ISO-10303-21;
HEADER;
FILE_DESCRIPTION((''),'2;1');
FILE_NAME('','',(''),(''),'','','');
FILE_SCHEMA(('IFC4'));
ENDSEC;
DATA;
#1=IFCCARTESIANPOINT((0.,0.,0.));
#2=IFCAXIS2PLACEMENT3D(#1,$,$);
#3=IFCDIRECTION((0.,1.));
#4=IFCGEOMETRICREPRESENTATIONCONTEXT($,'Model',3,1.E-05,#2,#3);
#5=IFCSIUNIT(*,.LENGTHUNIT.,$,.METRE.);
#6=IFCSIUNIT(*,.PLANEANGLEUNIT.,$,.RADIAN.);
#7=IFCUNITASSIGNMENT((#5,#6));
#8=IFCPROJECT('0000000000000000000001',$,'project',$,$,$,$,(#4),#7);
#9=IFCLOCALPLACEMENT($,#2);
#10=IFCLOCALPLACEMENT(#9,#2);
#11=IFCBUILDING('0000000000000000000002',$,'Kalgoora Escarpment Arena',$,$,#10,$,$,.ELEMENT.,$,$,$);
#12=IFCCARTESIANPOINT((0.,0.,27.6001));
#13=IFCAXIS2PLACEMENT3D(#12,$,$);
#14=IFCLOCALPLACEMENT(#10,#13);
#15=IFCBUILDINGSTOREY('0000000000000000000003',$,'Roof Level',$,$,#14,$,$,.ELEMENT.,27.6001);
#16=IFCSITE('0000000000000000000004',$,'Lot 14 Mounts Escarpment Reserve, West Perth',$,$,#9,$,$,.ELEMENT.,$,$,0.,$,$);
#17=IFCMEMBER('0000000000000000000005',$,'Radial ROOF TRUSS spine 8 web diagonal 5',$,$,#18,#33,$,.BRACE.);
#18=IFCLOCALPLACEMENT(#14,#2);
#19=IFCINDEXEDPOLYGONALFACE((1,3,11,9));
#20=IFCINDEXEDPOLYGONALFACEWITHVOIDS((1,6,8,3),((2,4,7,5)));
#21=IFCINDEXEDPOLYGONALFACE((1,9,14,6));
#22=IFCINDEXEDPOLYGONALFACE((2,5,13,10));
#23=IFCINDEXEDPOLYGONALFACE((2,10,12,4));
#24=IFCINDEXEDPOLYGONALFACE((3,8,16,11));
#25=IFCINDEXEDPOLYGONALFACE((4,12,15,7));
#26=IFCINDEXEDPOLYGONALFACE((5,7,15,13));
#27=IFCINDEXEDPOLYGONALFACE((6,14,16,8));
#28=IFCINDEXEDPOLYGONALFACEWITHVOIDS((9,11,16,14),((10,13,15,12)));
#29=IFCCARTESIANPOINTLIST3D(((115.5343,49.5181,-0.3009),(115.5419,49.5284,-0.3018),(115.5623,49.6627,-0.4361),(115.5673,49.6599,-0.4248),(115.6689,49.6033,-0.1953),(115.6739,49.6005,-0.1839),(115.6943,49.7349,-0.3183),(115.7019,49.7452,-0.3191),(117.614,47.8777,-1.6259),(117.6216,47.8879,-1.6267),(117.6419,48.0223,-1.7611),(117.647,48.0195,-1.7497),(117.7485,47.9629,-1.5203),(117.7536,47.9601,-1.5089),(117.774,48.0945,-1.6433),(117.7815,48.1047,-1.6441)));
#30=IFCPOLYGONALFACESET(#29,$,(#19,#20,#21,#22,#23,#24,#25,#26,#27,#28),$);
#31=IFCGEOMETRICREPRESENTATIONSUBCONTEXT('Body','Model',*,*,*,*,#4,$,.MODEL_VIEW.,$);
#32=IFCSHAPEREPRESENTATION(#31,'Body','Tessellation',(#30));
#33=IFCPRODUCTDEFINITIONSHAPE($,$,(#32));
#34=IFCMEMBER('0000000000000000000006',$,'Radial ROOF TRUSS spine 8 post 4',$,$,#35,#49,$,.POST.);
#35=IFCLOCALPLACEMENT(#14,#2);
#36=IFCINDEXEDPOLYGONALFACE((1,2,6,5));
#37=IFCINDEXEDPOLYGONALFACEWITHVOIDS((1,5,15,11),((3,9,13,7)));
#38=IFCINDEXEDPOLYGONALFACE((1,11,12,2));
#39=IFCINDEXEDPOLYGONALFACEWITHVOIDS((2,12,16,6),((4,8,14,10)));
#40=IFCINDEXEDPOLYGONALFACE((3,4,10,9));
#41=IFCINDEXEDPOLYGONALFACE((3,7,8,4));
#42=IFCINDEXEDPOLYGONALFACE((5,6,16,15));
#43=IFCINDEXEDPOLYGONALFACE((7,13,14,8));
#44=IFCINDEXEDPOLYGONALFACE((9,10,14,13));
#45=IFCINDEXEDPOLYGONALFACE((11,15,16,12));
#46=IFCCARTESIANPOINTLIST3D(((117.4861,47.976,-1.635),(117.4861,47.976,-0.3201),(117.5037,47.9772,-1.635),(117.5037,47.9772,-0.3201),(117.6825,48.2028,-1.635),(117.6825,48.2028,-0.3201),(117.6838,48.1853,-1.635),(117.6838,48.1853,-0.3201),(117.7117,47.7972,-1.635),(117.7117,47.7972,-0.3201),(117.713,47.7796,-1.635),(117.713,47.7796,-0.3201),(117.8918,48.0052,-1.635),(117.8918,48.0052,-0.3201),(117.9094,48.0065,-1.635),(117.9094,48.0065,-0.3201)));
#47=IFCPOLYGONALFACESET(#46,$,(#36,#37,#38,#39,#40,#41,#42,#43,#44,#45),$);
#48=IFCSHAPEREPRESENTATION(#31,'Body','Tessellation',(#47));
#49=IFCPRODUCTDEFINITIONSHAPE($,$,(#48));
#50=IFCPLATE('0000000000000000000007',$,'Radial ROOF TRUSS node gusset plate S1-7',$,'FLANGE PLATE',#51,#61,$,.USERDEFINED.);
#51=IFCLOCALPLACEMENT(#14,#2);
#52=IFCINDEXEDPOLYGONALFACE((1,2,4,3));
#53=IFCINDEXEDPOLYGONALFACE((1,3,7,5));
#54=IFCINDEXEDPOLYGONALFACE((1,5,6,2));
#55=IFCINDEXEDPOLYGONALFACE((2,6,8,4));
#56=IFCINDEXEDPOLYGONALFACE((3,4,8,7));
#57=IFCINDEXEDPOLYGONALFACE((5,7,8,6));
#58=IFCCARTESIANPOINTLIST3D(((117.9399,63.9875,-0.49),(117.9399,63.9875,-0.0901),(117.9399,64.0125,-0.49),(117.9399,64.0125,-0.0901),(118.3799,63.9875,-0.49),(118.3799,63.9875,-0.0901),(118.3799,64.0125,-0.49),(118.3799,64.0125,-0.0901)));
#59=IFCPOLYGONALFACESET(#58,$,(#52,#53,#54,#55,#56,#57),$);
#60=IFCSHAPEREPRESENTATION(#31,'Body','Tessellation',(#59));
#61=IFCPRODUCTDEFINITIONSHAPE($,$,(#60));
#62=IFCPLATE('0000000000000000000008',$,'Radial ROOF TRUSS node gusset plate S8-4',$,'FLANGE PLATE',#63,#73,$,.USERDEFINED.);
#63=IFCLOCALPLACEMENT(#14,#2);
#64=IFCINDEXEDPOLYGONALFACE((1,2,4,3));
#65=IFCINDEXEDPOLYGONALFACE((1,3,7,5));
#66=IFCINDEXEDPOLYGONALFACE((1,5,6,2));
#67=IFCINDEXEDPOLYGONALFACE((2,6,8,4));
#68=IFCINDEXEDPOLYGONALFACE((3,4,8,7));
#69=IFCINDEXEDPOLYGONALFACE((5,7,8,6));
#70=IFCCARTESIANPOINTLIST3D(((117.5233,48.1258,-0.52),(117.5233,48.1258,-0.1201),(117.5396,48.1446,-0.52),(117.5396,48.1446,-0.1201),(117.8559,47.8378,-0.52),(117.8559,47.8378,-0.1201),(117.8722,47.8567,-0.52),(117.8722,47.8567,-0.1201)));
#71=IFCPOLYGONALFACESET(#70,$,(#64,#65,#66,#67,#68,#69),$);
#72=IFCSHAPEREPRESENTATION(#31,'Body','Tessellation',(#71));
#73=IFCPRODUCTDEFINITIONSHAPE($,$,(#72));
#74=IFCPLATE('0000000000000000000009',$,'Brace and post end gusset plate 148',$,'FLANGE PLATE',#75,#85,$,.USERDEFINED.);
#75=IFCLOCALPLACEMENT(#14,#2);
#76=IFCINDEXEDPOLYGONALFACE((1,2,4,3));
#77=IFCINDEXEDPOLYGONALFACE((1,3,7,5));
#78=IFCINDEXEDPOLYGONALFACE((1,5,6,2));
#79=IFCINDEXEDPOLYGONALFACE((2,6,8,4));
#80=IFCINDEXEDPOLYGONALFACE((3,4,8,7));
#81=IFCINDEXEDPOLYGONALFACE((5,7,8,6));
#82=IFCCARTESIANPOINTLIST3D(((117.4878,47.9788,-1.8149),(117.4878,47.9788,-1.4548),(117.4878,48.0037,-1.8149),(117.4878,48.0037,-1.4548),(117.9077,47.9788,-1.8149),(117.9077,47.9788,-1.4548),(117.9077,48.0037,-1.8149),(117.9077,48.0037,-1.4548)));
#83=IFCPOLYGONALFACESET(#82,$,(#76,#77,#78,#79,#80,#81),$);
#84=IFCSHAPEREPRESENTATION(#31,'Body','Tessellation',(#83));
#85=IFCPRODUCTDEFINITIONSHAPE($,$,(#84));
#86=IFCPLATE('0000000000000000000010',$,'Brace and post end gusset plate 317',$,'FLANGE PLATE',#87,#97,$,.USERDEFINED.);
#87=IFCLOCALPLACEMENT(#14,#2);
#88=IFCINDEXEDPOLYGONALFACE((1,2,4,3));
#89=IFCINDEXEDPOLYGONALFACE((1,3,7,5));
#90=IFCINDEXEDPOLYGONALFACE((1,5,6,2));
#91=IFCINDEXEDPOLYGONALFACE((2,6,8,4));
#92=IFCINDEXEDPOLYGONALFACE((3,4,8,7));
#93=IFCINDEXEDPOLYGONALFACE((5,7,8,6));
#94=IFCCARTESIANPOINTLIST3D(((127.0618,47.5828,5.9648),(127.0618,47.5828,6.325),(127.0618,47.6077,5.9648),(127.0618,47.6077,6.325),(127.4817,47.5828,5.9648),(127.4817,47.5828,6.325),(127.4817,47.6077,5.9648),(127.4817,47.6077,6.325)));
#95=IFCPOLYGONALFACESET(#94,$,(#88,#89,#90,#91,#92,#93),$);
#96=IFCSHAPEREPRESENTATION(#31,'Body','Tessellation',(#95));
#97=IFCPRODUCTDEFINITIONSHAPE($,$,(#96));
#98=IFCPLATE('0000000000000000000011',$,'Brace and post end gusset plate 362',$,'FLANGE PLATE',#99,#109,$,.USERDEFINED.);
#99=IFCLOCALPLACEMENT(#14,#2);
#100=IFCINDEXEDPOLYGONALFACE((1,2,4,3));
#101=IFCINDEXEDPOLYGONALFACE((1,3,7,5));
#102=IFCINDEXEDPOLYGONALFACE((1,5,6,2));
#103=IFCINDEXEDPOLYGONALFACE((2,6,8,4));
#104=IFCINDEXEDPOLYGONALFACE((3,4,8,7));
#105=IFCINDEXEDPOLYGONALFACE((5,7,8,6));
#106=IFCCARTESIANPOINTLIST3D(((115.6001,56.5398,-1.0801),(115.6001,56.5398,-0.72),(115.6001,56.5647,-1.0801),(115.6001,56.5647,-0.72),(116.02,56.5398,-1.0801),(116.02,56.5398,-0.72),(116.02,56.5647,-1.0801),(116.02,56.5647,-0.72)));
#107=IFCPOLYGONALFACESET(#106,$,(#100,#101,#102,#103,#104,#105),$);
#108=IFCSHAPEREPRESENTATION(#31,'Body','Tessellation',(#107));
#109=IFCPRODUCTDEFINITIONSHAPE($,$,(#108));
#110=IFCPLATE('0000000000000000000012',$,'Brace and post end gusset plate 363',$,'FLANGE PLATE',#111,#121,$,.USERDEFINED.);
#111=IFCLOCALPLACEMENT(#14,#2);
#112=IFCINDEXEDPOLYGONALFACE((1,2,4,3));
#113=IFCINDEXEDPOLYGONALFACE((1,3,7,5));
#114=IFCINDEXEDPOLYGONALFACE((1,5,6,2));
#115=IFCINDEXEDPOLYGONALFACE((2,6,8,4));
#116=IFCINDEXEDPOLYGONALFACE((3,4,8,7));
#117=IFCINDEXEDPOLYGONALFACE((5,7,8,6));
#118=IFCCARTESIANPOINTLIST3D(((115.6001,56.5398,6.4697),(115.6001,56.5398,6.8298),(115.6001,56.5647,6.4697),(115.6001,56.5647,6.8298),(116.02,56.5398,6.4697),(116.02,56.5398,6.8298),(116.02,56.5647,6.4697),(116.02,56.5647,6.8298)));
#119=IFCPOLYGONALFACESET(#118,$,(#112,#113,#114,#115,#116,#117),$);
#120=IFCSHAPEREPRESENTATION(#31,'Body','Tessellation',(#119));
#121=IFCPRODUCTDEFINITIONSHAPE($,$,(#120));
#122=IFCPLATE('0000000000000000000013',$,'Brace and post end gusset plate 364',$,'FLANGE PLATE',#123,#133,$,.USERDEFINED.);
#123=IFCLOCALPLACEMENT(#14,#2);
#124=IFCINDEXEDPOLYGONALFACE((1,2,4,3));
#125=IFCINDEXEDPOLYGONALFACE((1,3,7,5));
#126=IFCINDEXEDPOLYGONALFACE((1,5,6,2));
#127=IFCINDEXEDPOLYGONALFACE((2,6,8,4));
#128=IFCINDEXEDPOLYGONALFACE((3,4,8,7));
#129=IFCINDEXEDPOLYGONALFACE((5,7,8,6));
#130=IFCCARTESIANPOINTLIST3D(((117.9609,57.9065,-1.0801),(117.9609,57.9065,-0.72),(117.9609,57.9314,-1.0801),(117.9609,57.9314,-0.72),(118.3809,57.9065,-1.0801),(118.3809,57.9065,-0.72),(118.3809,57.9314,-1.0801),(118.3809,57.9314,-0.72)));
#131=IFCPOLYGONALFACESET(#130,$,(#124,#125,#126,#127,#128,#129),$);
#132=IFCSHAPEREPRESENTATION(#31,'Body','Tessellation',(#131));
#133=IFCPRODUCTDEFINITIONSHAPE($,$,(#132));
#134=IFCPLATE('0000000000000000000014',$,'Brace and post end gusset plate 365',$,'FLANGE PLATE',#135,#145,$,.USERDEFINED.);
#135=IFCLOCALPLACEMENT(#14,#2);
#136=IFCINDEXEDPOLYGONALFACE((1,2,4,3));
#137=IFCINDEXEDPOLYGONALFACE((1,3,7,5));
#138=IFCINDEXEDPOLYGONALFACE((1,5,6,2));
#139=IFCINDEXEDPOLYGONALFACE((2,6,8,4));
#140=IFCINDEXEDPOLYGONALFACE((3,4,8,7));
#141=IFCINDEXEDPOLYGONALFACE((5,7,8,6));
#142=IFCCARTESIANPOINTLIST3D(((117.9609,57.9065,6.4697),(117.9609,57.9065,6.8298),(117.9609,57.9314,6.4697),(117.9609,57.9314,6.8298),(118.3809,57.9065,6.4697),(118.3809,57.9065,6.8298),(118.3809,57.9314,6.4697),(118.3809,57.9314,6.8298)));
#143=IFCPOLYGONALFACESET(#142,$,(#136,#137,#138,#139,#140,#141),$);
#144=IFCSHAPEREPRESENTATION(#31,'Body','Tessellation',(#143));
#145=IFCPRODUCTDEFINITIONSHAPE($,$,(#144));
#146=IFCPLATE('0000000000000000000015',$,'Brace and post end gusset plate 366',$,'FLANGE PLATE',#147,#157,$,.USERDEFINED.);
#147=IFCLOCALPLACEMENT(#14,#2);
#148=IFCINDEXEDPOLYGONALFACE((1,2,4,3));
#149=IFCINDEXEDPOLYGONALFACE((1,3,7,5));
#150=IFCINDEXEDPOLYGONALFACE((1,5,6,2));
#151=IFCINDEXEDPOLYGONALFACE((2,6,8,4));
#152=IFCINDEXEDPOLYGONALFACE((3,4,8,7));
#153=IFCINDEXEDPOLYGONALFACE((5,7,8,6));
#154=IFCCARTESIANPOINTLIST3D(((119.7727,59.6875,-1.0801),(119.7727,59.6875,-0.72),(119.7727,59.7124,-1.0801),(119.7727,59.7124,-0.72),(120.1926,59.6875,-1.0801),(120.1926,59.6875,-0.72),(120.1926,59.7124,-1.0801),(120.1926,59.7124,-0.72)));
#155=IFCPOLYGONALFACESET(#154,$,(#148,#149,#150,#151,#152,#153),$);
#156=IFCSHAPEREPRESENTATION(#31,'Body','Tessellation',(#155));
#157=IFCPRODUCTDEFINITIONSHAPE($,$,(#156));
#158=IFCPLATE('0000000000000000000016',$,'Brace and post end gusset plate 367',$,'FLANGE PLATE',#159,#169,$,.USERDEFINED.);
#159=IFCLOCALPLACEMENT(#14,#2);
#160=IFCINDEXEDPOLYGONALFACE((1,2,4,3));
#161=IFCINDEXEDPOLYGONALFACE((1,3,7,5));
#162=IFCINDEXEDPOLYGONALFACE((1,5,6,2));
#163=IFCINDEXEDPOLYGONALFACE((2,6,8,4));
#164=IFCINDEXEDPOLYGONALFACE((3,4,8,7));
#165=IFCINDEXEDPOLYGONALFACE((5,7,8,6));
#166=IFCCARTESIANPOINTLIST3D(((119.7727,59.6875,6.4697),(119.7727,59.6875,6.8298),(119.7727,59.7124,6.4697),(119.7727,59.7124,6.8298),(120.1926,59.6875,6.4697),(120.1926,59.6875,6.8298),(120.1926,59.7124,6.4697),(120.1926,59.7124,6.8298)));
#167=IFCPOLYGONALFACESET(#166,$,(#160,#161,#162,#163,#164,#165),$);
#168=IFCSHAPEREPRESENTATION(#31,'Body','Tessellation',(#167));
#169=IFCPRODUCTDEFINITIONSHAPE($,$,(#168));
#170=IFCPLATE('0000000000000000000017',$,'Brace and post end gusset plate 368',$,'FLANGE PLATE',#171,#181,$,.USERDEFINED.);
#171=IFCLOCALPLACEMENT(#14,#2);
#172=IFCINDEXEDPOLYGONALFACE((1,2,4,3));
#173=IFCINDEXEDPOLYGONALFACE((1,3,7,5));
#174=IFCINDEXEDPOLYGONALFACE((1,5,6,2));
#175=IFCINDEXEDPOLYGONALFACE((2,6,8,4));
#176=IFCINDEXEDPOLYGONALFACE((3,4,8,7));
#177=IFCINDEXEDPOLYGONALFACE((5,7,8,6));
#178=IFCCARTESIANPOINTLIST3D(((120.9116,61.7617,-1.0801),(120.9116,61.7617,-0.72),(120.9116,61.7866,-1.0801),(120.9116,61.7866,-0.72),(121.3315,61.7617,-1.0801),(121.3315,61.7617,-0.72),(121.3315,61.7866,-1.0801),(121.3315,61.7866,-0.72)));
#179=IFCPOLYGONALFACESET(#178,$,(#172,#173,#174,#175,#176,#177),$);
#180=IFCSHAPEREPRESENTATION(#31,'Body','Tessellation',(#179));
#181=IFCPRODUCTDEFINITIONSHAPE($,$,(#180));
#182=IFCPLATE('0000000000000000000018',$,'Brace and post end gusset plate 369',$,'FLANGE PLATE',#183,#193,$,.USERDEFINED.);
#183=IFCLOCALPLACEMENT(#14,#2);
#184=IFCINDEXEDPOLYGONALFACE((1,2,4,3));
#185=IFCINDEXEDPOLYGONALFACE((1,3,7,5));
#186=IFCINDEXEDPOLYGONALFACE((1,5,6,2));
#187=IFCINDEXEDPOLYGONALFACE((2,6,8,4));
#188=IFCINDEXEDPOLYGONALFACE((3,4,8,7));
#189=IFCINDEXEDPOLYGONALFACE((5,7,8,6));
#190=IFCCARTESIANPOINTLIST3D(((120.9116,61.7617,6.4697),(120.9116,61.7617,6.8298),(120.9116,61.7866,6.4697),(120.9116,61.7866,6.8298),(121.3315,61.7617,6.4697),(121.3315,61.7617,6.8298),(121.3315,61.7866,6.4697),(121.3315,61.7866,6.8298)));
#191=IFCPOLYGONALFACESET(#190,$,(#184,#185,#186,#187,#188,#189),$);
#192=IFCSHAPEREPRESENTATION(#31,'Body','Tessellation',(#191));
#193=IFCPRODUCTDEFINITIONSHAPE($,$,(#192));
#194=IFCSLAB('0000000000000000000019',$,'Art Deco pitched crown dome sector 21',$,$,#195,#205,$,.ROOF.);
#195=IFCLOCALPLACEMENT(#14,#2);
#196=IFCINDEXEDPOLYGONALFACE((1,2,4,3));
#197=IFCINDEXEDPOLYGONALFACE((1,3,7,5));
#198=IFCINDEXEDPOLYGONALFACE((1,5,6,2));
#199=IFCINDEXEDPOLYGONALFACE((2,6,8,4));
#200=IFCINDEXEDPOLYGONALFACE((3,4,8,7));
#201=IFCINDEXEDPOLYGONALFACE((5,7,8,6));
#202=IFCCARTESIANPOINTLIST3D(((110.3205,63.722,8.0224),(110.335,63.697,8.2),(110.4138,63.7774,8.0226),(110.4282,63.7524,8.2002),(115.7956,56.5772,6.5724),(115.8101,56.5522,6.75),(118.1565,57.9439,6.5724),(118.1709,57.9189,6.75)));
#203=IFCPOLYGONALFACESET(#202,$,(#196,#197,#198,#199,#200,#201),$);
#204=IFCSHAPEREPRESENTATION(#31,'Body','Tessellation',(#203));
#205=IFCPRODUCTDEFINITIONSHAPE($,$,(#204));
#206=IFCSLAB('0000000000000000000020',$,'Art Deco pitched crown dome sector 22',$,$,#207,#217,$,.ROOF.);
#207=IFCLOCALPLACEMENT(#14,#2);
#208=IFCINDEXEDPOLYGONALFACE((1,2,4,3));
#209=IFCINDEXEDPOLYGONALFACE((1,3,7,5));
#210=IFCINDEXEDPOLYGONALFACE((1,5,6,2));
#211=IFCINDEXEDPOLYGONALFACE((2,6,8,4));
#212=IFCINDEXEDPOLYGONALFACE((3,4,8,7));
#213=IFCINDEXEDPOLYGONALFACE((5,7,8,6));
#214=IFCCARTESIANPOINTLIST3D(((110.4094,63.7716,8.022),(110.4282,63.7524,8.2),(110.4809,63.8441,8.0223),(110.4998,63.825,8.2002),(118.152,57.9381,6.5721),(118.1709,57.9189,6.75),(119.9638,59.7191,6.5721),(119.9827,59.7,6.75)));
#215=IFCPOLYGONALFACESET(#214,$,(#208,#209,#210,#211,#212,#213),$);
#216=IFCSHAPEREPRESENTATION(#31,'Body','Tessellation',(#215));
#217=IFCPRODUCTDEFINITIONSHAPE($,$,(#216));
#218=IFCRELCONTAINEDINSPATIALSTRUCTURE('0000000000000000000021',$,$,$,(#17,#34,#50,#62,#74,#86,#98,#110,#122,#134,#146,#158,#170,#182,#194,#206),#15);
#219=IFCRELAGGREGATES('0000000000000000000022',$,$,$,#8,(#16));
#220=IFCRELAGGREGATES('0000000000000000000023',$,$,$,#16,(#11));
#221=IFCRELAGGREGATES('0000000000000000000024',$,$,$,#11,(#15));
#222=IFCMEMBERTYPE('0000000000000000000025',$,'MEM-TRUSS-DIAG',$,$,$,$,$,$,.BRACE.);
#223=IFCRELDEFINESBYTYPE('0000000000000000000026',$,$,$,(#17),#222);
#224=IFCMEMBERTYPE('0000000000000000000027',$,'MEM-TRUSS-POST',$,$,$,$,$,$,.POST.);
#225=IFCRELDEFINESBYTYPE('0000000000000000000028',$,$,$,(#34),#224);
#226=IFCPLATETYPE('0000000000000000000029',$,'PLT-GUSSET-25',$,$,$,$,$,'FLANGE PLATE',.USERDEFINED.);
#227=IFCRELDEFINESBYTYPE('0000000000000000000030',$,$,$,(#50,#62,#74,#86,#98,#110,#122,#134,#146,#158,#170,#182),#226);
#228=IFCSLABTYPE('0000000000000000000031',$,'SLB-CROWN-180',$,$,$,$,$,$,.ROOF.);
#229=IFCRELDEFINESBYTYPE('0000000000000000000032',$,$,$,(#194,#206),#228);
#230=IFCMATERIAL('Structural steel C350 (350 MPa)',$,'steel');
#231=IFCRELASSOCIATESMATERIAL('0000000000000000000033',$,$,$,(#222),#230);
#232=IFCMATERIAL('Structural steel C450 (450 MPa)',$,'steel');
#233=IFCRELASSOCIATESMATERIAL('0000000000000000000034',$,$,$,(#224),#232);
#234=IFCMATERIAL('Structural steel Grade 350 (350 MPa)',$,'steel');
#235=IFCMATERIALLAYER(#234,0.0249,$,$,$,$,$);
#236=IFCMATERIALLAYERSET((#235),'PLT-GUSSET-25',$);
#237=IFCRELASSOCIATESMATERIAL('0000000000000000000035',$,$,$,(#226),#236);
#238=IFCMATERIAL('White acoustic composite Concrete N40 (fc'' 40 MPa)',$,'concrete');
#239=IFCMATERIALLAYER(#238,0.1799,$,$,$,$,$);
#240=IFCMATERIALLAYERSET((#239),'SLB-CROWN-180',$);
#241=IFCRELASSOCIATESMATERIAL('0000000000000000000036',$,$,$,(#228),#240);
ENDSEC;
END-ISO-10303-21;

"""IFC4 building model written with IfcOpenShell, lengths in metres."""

from ifc_helpers import new_model, si_unit, direction, frame, origin, origin_2d, place, context, subcontext, project, spatial, polyline, rectangle, hollow_rectangle, outline, extrude, material, layer, layer_set, material_profile, profile_set, type_object, element, save


model = new_model("IFC4")

# Units and contexts
model_context = context("Model", 3, precision=1e-05, world=origin(), true_north=direction((0.0, 1.0)))
body_context = subcontext(model_context, "Body", "Model", "MODEL_VIEW")
ifc_project = project(units=[si_unit("LENGTHUNIT", "METRE"), si_unit("PLANEANGLEUNIT", "RADIAN")], contexts=[model_context])

# Site, building, storey
site_placement = place(None, origin())
site = spatial("IfcSite", under=ifc_project, at=site_placement, Name="Lot 14 Mounts Escarpment Reserve, West Perth", CompositionType="ELEMENT", RefElevation=0.0)
building_placement = place(site_placement, origin())
building = spatial("IfcBuilding", under=site, at=building_placement, Name="Kalgoora Escarpment Arena", CompositionType="ELEMENT")
storey_placement = place(building_placement, frame((0.0, 0.0, 27.6001)))
storey = spatial("IfcBuildingStorey", under=building, at=storey_placement, Name="Roof Level", CompositionType="ELEMENT", Elevation=27.6001)

# Members
ifc_material_1 = material(Name="Structural steel C350 (350 MPa)", Category="steel")
ifc_material_profile_1 = material_profile(ifc_material_1, hollow_rectangle(XDim=0.2, YDim=0.2, WallThickness=0.009, at=origin_2d()))
ifc_profile_set_1 = profile_set([ifc_material_profile_1], Name="Structural steel C350 (350 MPa)")
member_type_1 = type_object("IfcMemberType", Name="MEM-TRUSS-DIAG", PredefinedType="BRACE", material=ifc_profile_set_1)
member_1_placement = place(storey_placement, frame((117.6978, 47.9912, -1.635), z_axis=(-0.702186, 0.553884, 0.447378), x_axis=(0.698143, 0.412295, 0.585328)))
element("IfcMember", 1, at=member_1_placement, inside=storey, type_object=member_type_1, Name="Radial ROOF TRUSS spine 8 web diagonal 5", PredefinedType="BRACE", context=body_context, shape_type="SweptSolid", body=[
    extrude(hollow_rectangle(XDim=0.2, YDim=0.2, WallThickness=0.009, at=origin_2d()), origin(), (0.0, 0.0, 1.0), 2.9617),
])
ifc_material_2 = material(Name="Structural steel C450 (450 MPa)", Category="steel")
ifc_material_profile_2 = material_profile(ifc_material_2, hollow_rectangle(XDim=0.3, YDim=0.3, WallThickness=0.0125, at=origin_2d()))
ifc_profile_set_2 = profile_set([ifc_material_profile_2], Name="Structural steel C450 (450 MPa)")
member_type_2 = type_object("IfcMemberType", Name="MEM-TRUSS-POST", PredefinedType="POST", material=ifc_profile_set_2)
member_2_placement = place(storey_placement, frame((117.6978, 47.9912, -1.635), z_axis=(0.0, 0.0, 1.0), x_axis=(-0.756082, 0.654477, 0.0)))
element("IfcMember", 2, at=member_2_placement, inside=storey, type_object=member_type_2, Name="Radial ROOF TRUSS spine 8 post 4", PredefinedType="POST", context=body_context, shape_type="SweptSolid", body=[
    extrude(hollow_rectangle(XDim=0.3, YDim=0.3, WallThickness=0.0125, at=origin_2d()), origin(), (0.0, 0.0, 1.0), 1.3149),
])

# Plates
ifc_material_3 = material(Name="Structural steel Grade 350 (350 MPa)", Category="steel")
ifc_layer_1 = layer(ifc_material_3, 0.0249)
ifc_layer_set_1 = layer_set([ifc_layer_1], Name="PLT-GUSSET-25")
plate_type = type_object("IfcPlateType", Name="PLT-GUSSET-25", ElementType="FLANGE PLATE", PredefinedType="USERDEFINED", material=ifc_layer_set_1)
for number, where, z_axis, x_axis, name in (
    (3, (118.1599, 64.0, -0.49), (0.0, 0.0, 1.0), (-1.0, 0.0, 0.0), "Radial ROOF TRUSS node gusset plate S1-7"),
    (4, (117.6978, 47.9912, -0.52), (0.0, 0.0, 1.0), (-0.756082, 0.654477, 0.0), "Radial ROOF TRUSS node gusset plate S8-4"),
):
    element("IfcPlate", number, at=place(storey_placement, frame(where, z_axis=z_axis, x_axis=x_axis)), inside=storey, type_object=plate_type, Name=name, ObjectType="FLANGE PLATE", PredefinedType="USERDEFINED", context=body_context, shape_type="SweptSolid", body=[
        extrude(rectangle(XDim=0.4399, YDim=0.0249, at=origin_2d()), origin(), (0.0, 0.0, 1.0), 0.3999),
    ])
for number, where, z_axis, x_axis, name in (
    (5, (117.6978, 47.9912, -1.8149), (0.0, 0.0, 1.0), (1.0, 0.0, 0.0), "Brace and post end gusset plate 148"),
    (6, (127.2717, 47.5952, 5.9648), (0.0, 0.0, 1.0), (1.0, 0.0, 0.0), "Brace and post end gusset plate 317"),
    (7, (115.8101, 56.5522, -1.0801), (0.0, 0.0, 1.0), (1.0, 0.0, 0.0), "Brace and post end gusset plate 362"),
    (8, (115.8101, 56.5522, 6.4697), (0.0, 0.0, 1.0), (1.0, 0.0, 0.0), "Brace and post end gusset plate 363"),
    (9, (118.1709, 57.9189, -1.0801), (0.0, 0.0, 1.0), (1.0, 0.0, 0.0), "Brace and post end gusset plate 364"),
    (10, (118.1709, 57.9189, 6.4697), (0.0, 0.0, 1.0), (1.0, 0.0, 0.0), "Brace and post end gusset plate 365"),
    (11, (119.9827, 59.7, -1.0801), (0.0, 0.0, 1.0), (1.0, 0.0, 0.0), "Brace and post end gusset plate 366"),
    (12, (119.9827, 59.7, 6.4697), (0.0, 0.0, 1.0), (1.0, 0.0, 0.0), "Brace and post end gusset plate 367"),
    (13, (121.1216, 61.7742, -1.0801), (0.0, 0.0, 1.0), (1.0, 0.0, 0.0), "Brace and post end gusset plate 368"),
    (14, (121.1216, 61.7742, 6.4697), (0.0, 0.0, 1.0), (1.0, 0.0, 0.0), "Brace and post end gusset plate 369"),
):
    element("IfcPlate", number, at=place(storey_placement, frame(where, z_axis=z_axis, x_axis=x_axis)), inside=storey, type_object=plate_type, Name=name, ObjectType="FLANGE PLATE", PredefinedType="USERDEFINED", context=body_context, shape_type="SweptSolid", body=[
        extrude(rectangle(XDim=0.4199, YDim=0.0249, at=origin_2d()), origin(), (0.0, 0.0, 1.0), 0.3601),
    ])

# Slabs
ifc_material_4 = material(Name="White acoustic composite Concrete N40 (fc' 40 MPa)", Category="concrete")
ifc_layer_2 = layer(ifc_material_4, 0.1799)
ifc_layer_set_2 = layer_set([ifc_layer_2], Name="SLB-CROWN-180")
slab_type = type_object("IfcSlabType", Name="SLB-CROWN-180", PredefinedType="ROOF", material=ifc_layer_set_2)
slab_1_placement = place(storey_placement, frame((115.8101, 56.5522, 6.75), z_axis=(0.080318, -0.138771, 0.987062), x_axis=(0.865444, 0.501006, 0.000015)))
element("IfcSlab", 15, at=slab_1_placement, inside=storey, type_object=slab_type, Name="Art Deco pitched crown dome sector 21", PredefinedType="ROOF", context=body_context, shape_type="SweptSolid", body=[
    extrude(outline(polyline([(0.0, 0.0), (2.7279, 0.0), (-1.0503, 9.0447), (-1.1588, 9.0435), (0.0, 0.0)])), origin(), (0.0, 0.0, -1.0), 0.1799),
])
slab_2_placement = place(storey_placement, frame((118.1709, 57.9189, 6.75), z_axis=(0.104821, -0.106636, 0.988757), x_axis=(0.713135, 0.701026, 0.000003)))
element("IfcSlab", 16, at=slab_2_placement, inside=storey, type_object=slab_type, Name="Art Deco pitched crown dome sector 22", PredefinedType="ROOF", context=body_context, shape_type="SweptSolid", body=[
    extrude(outline(polyline([(0.0, 0.0), (2.5406, 0.0), (-1.3303, 9.6985), (-1.4321, 9.6969), (0.0, 0.0)])), origin(), (0.0, 0.0, -1.0), 0.1799),
])

save(model, "model.ifc")
